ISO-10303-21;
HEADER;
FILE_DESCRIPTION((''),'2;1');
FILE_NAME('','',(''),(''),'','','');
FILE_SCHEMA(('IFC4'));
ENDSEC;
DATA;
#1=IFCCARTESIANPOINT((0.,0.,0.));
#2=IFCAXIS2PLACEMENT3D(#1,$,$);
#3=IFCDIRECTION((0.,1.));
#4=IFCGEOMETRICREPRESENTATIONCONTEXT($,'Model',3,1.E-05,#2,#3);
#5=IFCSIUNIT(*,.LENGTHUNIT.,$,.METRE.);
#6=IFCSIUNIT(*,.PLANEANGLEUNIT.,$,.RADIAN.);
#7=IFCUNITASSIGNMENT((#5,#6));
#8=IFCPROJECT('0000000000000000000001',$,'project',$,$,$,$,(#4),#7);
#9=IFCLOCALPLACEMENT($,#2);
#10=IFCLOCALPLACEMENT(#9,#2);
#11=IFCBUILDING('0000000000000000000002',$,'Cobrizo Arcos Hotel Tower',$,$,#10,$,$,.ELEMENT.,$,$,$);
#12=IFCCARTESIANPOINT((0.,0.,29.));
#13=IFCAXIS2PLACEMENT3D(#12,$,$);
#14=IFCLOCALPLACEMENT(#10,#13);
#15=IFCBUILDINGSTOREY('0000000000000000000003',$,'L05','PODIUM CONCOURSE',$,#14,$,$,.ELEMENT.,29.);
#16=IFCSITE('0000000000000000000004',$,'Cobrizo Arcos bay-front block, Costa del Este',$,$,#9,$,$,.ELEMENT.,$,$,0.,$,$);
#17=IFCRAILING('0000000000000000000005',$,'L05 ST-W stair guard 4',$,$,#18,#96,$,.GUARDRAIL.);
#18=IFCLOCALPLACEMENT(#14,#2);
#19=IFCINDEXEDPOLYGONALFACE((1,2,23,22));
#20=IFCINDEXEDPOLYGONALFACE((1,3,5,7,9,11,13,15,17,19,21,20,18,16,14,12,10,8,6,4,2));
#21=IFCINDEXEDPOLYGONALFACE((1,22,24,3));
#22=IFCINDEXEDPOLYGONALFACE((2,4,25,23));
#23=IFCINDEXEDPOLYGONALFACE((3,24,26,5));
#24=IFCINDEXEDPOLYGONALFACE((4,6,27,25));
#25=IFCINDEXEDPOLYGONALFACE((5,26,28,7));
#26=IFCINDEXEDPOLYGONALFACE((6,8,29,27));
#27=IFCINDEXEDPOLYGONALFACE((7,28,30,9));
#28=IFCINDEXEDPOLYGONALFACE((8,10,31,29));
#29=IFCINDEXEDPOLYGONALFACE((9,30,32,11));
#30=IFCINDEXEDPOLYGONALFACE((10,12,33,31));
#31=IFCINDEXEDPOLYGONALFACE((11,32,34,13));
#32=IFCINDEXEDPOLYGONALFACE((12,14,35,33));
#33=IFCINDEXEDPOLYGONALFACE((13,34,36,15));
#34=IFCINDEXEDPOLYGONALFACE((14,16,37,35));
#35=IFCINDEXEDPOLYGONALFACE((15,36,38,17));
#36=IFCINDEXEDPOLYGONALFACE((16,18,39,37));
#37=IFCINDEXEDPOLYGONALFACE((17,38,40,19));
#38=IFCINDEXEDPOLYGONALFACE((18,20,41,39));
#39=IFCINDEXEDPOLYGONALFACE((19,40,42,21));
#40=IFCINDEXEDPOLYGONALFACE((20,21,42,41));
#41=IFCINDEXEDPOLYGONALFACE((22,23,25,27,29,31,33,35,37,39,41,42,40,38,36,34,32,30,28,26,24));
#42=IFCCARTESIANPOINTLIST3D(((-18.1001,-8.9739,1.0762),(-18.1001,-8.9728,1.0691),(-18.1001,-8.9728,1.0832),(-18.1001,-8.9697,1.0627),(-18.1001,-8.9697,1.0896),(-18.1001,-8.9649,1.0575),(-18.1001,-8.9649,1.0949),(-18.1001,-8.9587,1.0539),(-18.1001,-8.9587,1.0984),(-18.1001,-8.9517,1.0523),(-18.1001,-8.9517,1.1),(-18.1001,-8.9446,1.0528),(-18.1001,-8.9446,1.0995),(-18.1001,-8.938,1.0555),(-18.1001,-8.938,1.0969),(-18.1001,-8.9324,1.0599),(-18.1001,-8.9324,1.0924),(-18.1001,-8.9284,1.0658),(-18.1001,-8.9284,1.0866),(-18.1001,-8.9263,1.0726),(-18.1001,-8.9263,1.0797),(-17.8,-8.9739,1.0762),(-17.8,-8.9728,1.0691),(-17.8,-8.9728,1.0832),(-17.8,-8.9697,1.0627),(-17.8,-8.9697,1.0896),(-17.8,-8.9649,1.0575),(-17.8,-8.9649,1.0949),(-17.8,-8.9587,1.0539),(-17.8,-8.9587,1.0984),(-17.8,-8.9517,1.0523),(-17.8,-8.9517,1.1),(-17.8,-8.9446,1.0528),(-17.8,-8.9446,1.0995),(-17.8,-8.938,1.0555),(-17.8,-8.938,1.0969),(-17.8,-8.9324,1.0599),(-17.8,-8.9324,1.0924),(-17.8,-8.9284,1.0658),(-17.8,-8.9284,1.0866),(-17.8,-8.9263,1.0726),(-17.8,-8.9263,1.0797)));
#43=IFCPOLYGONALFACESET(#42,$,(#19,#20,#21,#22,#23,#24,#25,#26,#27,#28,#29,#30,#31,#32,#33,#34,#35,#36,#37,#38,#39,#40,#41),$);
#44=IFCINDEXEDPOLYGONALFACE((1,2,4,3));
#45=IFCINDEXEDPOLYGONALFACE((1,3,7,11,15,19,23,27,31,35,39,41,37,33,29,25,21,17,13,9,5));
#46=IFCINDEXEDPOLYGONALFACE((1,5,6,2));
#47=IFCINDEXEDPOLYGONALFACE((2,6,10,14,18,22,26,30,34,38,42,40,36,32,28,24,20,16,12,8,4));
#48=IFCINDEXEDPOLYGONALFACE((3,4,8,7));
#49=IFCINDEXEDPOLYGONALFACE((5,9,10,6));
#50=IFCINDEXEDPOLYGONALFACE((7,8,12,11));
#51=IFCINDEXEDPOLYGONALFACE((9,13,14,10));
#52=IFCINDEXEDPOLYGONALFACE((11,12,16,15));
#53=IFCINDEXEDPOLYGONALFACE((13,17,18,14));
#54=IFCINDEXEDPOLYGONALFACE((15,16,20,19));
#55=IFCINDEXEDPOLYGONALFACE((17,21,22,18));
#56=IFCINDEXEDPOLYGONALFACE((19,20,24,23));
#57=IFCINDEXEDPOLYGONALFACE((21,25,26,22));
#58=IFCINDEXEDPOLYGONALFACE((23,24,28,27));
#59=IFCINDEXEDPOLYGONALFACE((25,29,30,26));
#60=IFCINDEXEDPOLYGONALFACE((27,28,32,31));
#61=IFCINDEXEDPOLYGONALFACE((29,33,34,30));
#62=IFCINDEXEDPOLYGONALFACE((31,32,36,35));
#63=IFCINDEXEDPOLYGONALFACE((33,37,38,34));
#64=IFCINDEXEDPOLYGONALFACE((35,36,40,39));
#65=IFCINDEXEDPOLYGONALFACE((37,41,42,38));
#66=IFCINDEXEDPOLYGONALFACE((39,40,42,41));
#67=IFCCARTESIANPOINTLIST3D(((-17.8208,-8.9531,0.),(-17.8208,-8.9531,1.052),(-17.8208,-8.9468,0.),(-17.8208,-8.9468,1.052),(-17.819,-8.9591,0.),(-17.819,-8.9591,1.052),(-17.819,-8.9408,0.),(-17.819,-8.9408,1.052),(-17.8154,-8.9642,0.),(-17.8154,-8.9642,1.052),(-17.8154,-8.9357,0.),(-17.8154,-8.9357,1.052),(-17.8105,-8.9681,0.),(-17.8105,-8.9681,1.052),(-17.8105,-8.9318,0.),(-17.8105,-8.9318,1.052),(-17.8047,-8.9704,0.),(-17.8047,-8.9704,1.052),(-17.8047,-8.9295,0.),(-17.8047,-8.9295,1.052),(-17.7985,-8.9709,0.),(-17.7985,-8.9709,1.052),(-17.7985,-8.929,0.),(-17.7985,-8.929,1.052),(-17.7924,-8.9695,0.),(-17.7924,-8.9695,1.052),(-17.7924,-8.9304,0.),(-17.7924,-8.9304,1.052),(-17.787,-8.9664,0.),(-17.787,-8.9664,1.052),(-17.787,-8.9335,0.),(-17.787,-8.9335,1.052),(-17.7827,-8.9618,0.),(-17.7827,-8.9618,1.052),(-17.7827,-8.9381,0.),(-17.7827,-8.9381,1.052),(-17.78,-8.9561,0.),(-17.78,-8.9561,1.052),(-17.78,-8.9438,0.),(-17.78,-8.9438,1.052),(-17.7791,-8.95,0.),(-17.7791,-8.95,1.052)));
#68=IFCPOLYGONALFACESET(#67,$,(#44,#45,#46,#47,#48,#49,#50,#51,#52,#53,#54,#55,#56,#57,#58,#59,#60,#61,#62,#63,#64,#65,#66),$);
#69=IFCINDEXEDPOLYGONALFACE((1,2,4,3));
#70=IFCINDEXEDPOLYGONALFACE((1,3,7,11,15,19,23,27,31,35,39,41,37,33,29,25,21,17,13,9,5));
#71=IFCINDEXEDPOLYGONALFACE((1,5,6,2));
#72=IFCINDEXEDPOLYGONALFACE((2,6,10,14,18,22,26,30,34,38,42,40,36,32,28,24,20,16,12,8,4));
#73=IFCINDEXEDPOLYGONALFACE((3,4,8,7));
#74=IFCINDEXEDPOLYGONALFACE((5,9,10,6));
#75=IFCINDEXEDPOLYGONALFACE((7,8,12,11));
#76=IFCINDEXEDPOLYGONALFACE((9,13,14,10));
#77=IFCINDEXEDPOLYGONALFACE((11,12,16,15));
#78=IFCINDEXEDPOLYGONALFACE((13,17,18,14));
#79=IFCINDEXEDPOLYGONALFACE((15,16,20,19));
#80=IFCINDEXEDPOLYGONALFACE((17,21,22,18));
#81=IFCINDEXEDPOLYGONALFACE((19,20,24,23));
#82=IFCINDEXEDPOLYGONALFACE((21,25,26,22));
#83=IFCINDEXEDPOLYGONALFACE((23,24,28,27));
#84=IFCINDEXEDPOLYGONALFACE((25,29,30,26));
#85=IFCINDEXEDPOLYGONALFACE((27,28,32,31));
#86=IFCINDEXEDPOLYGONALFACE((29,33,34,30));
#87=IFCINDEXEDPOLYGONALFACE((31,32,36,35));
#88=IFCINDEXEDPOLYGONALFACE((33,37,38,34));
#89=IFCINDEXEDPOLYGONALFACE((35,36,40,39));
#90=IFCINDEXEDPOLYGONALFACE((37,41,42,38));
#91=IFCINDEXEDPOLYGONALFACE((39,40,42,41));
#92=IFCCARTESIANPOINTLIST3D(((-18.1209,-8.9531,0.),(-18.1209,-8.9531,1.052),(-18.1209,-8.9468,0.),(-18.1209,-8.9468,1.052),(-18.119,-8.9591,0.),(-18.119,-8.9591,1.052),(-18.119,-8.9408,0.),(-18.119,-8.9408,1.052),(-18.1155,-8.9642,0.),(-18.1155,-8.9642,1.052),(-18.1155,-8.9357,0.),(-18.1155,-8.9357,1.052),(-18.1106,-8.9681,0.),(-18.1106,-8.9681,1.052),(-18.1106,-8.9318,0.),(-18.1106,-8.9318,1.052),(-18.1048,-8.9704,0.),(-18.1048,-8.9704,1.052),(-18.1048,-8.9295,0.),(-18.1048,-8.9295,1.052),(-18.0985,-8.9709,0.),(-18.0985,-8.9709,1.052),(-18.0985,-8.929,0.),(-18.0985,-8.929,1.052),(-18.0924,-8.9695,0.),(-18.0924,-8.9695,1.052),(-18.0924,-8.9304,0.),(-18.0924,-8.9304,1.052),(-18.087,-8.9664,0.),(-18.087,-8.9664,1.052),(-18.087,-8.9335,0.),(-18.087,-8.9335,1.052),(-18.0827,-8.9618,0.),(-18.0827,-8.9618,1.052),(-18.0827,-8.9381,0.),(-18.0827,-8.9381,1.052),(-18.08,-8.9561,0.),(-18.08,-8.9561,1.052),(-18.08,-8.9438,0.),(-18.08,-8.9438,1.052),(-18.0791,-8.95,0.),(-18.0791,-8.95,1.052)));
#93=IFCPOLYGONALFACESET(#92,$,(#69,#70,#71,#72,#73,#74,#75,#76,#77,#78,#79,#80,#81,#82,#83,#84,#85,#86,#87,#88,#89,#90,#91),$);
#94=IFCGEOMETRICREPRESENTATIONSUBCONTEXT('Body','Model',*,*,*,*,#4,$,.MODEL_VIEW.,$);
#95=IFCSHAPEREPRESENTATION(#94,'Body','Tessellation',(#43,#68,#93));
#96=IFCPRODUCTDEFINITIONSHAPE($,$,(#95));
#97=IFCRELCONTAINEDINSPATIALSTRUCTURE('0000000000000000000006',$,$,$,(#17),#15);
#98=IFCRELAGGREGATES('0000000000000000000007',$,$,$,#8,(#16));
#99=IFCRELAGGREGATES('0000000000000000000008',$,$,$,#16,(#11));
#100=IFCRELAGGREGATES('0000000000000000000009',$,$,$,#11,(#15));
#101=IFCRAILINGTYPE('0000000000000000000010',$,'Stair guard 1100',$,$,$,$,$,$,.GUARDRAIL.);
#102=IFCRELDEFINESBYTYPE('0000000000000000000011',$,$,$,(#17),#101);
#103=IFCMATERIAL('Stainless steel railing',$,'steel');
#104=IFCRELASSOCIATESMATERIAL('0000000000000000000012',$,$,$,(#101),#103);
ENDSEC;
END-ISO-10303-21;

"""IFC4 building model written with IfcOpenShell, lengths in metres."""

from ifc_helpers import new_model, si_unit, direction, frame, origin, origin_2d, place, context, subcontext, project, spatial, circle, extrude, material, type_object, element, save


model = new_model("IFC4")

# Units and contexts
model_context = context("Model", 3, precision=1e-05, world=origin(), true_north=direction((0.0, 1.0)))
body_context = subcontext(model_context, "Body", "Model", "MODEL_VIEW")
ifc_project = project(units=[si_unit("LENGTHUNIT", "METRE"), si_unit("PLANEANGLEUNIT", "RADIAN")], contexts=[model_context])

# Site, building, storey
site_placement = place(None, origin())
site = spatial("IfcSite", under=ifc_project, at=site_placement, Name="Cobrizo Arcos bay-front block, Costa del Este", CompositionType="ELEMENT", RefElevation=0.0)
building_placement = place(site_placement, origin())
building = spatial("IfcBuilding", under=site, at=building_placement, Name="Cobrizo Arcos Hotel Tower", CompositionType="ELEMENT")
storey_placement = place(building_placement, frame((0.0, 0.0, 29.0)))
storey = spatial("IfcBuildingStorey", under=building, at=storey_placement, Name="L05", Description="PODIUM CONCOURSE", CompositionType="ELEMENT", Elevation=29.0)

# Railing
ifc_material_1 = material(Name="Stainless steel railing", Category="steel")
railing_type = type_object("IfcRailingType", Name="Stair guard 1100", PredefinedType="GUARDRAIL", material=ifc_material_1)
railing_placement = place(storey_placement, frame((-17.8, -8.95, 0.0)))
element("IfcRailing", 1, at=railing_placement, inside=storey, type_object=railing_type, Name="L05 ST-W stair guard 4", PredefinedType="GUARDRAIL", context=body_context, shape_type="SweptSolid", body=[
    extrude(circle(Radius=0.0239, at=origin_2d()), frame((0.0, 0.0, 1.0762), z_axis=(-1.0, 0.0, 0.0), x_axis=(0.0, -1.0, 0.0)), (0.0, 0.0, 1.0), 0.3),
    extrude(circle(Radius=0.021, at=origin_2d()), origin(), (0.0, 0.0, 1.0), 1.052),
    extrude(circle(Radius=0.021, at=origin_2d()), frame((-0.3, 0.0, 0.0)), (0.0, 0.0, 1.0), 1.052),
])

save(model, "model.ifc")
